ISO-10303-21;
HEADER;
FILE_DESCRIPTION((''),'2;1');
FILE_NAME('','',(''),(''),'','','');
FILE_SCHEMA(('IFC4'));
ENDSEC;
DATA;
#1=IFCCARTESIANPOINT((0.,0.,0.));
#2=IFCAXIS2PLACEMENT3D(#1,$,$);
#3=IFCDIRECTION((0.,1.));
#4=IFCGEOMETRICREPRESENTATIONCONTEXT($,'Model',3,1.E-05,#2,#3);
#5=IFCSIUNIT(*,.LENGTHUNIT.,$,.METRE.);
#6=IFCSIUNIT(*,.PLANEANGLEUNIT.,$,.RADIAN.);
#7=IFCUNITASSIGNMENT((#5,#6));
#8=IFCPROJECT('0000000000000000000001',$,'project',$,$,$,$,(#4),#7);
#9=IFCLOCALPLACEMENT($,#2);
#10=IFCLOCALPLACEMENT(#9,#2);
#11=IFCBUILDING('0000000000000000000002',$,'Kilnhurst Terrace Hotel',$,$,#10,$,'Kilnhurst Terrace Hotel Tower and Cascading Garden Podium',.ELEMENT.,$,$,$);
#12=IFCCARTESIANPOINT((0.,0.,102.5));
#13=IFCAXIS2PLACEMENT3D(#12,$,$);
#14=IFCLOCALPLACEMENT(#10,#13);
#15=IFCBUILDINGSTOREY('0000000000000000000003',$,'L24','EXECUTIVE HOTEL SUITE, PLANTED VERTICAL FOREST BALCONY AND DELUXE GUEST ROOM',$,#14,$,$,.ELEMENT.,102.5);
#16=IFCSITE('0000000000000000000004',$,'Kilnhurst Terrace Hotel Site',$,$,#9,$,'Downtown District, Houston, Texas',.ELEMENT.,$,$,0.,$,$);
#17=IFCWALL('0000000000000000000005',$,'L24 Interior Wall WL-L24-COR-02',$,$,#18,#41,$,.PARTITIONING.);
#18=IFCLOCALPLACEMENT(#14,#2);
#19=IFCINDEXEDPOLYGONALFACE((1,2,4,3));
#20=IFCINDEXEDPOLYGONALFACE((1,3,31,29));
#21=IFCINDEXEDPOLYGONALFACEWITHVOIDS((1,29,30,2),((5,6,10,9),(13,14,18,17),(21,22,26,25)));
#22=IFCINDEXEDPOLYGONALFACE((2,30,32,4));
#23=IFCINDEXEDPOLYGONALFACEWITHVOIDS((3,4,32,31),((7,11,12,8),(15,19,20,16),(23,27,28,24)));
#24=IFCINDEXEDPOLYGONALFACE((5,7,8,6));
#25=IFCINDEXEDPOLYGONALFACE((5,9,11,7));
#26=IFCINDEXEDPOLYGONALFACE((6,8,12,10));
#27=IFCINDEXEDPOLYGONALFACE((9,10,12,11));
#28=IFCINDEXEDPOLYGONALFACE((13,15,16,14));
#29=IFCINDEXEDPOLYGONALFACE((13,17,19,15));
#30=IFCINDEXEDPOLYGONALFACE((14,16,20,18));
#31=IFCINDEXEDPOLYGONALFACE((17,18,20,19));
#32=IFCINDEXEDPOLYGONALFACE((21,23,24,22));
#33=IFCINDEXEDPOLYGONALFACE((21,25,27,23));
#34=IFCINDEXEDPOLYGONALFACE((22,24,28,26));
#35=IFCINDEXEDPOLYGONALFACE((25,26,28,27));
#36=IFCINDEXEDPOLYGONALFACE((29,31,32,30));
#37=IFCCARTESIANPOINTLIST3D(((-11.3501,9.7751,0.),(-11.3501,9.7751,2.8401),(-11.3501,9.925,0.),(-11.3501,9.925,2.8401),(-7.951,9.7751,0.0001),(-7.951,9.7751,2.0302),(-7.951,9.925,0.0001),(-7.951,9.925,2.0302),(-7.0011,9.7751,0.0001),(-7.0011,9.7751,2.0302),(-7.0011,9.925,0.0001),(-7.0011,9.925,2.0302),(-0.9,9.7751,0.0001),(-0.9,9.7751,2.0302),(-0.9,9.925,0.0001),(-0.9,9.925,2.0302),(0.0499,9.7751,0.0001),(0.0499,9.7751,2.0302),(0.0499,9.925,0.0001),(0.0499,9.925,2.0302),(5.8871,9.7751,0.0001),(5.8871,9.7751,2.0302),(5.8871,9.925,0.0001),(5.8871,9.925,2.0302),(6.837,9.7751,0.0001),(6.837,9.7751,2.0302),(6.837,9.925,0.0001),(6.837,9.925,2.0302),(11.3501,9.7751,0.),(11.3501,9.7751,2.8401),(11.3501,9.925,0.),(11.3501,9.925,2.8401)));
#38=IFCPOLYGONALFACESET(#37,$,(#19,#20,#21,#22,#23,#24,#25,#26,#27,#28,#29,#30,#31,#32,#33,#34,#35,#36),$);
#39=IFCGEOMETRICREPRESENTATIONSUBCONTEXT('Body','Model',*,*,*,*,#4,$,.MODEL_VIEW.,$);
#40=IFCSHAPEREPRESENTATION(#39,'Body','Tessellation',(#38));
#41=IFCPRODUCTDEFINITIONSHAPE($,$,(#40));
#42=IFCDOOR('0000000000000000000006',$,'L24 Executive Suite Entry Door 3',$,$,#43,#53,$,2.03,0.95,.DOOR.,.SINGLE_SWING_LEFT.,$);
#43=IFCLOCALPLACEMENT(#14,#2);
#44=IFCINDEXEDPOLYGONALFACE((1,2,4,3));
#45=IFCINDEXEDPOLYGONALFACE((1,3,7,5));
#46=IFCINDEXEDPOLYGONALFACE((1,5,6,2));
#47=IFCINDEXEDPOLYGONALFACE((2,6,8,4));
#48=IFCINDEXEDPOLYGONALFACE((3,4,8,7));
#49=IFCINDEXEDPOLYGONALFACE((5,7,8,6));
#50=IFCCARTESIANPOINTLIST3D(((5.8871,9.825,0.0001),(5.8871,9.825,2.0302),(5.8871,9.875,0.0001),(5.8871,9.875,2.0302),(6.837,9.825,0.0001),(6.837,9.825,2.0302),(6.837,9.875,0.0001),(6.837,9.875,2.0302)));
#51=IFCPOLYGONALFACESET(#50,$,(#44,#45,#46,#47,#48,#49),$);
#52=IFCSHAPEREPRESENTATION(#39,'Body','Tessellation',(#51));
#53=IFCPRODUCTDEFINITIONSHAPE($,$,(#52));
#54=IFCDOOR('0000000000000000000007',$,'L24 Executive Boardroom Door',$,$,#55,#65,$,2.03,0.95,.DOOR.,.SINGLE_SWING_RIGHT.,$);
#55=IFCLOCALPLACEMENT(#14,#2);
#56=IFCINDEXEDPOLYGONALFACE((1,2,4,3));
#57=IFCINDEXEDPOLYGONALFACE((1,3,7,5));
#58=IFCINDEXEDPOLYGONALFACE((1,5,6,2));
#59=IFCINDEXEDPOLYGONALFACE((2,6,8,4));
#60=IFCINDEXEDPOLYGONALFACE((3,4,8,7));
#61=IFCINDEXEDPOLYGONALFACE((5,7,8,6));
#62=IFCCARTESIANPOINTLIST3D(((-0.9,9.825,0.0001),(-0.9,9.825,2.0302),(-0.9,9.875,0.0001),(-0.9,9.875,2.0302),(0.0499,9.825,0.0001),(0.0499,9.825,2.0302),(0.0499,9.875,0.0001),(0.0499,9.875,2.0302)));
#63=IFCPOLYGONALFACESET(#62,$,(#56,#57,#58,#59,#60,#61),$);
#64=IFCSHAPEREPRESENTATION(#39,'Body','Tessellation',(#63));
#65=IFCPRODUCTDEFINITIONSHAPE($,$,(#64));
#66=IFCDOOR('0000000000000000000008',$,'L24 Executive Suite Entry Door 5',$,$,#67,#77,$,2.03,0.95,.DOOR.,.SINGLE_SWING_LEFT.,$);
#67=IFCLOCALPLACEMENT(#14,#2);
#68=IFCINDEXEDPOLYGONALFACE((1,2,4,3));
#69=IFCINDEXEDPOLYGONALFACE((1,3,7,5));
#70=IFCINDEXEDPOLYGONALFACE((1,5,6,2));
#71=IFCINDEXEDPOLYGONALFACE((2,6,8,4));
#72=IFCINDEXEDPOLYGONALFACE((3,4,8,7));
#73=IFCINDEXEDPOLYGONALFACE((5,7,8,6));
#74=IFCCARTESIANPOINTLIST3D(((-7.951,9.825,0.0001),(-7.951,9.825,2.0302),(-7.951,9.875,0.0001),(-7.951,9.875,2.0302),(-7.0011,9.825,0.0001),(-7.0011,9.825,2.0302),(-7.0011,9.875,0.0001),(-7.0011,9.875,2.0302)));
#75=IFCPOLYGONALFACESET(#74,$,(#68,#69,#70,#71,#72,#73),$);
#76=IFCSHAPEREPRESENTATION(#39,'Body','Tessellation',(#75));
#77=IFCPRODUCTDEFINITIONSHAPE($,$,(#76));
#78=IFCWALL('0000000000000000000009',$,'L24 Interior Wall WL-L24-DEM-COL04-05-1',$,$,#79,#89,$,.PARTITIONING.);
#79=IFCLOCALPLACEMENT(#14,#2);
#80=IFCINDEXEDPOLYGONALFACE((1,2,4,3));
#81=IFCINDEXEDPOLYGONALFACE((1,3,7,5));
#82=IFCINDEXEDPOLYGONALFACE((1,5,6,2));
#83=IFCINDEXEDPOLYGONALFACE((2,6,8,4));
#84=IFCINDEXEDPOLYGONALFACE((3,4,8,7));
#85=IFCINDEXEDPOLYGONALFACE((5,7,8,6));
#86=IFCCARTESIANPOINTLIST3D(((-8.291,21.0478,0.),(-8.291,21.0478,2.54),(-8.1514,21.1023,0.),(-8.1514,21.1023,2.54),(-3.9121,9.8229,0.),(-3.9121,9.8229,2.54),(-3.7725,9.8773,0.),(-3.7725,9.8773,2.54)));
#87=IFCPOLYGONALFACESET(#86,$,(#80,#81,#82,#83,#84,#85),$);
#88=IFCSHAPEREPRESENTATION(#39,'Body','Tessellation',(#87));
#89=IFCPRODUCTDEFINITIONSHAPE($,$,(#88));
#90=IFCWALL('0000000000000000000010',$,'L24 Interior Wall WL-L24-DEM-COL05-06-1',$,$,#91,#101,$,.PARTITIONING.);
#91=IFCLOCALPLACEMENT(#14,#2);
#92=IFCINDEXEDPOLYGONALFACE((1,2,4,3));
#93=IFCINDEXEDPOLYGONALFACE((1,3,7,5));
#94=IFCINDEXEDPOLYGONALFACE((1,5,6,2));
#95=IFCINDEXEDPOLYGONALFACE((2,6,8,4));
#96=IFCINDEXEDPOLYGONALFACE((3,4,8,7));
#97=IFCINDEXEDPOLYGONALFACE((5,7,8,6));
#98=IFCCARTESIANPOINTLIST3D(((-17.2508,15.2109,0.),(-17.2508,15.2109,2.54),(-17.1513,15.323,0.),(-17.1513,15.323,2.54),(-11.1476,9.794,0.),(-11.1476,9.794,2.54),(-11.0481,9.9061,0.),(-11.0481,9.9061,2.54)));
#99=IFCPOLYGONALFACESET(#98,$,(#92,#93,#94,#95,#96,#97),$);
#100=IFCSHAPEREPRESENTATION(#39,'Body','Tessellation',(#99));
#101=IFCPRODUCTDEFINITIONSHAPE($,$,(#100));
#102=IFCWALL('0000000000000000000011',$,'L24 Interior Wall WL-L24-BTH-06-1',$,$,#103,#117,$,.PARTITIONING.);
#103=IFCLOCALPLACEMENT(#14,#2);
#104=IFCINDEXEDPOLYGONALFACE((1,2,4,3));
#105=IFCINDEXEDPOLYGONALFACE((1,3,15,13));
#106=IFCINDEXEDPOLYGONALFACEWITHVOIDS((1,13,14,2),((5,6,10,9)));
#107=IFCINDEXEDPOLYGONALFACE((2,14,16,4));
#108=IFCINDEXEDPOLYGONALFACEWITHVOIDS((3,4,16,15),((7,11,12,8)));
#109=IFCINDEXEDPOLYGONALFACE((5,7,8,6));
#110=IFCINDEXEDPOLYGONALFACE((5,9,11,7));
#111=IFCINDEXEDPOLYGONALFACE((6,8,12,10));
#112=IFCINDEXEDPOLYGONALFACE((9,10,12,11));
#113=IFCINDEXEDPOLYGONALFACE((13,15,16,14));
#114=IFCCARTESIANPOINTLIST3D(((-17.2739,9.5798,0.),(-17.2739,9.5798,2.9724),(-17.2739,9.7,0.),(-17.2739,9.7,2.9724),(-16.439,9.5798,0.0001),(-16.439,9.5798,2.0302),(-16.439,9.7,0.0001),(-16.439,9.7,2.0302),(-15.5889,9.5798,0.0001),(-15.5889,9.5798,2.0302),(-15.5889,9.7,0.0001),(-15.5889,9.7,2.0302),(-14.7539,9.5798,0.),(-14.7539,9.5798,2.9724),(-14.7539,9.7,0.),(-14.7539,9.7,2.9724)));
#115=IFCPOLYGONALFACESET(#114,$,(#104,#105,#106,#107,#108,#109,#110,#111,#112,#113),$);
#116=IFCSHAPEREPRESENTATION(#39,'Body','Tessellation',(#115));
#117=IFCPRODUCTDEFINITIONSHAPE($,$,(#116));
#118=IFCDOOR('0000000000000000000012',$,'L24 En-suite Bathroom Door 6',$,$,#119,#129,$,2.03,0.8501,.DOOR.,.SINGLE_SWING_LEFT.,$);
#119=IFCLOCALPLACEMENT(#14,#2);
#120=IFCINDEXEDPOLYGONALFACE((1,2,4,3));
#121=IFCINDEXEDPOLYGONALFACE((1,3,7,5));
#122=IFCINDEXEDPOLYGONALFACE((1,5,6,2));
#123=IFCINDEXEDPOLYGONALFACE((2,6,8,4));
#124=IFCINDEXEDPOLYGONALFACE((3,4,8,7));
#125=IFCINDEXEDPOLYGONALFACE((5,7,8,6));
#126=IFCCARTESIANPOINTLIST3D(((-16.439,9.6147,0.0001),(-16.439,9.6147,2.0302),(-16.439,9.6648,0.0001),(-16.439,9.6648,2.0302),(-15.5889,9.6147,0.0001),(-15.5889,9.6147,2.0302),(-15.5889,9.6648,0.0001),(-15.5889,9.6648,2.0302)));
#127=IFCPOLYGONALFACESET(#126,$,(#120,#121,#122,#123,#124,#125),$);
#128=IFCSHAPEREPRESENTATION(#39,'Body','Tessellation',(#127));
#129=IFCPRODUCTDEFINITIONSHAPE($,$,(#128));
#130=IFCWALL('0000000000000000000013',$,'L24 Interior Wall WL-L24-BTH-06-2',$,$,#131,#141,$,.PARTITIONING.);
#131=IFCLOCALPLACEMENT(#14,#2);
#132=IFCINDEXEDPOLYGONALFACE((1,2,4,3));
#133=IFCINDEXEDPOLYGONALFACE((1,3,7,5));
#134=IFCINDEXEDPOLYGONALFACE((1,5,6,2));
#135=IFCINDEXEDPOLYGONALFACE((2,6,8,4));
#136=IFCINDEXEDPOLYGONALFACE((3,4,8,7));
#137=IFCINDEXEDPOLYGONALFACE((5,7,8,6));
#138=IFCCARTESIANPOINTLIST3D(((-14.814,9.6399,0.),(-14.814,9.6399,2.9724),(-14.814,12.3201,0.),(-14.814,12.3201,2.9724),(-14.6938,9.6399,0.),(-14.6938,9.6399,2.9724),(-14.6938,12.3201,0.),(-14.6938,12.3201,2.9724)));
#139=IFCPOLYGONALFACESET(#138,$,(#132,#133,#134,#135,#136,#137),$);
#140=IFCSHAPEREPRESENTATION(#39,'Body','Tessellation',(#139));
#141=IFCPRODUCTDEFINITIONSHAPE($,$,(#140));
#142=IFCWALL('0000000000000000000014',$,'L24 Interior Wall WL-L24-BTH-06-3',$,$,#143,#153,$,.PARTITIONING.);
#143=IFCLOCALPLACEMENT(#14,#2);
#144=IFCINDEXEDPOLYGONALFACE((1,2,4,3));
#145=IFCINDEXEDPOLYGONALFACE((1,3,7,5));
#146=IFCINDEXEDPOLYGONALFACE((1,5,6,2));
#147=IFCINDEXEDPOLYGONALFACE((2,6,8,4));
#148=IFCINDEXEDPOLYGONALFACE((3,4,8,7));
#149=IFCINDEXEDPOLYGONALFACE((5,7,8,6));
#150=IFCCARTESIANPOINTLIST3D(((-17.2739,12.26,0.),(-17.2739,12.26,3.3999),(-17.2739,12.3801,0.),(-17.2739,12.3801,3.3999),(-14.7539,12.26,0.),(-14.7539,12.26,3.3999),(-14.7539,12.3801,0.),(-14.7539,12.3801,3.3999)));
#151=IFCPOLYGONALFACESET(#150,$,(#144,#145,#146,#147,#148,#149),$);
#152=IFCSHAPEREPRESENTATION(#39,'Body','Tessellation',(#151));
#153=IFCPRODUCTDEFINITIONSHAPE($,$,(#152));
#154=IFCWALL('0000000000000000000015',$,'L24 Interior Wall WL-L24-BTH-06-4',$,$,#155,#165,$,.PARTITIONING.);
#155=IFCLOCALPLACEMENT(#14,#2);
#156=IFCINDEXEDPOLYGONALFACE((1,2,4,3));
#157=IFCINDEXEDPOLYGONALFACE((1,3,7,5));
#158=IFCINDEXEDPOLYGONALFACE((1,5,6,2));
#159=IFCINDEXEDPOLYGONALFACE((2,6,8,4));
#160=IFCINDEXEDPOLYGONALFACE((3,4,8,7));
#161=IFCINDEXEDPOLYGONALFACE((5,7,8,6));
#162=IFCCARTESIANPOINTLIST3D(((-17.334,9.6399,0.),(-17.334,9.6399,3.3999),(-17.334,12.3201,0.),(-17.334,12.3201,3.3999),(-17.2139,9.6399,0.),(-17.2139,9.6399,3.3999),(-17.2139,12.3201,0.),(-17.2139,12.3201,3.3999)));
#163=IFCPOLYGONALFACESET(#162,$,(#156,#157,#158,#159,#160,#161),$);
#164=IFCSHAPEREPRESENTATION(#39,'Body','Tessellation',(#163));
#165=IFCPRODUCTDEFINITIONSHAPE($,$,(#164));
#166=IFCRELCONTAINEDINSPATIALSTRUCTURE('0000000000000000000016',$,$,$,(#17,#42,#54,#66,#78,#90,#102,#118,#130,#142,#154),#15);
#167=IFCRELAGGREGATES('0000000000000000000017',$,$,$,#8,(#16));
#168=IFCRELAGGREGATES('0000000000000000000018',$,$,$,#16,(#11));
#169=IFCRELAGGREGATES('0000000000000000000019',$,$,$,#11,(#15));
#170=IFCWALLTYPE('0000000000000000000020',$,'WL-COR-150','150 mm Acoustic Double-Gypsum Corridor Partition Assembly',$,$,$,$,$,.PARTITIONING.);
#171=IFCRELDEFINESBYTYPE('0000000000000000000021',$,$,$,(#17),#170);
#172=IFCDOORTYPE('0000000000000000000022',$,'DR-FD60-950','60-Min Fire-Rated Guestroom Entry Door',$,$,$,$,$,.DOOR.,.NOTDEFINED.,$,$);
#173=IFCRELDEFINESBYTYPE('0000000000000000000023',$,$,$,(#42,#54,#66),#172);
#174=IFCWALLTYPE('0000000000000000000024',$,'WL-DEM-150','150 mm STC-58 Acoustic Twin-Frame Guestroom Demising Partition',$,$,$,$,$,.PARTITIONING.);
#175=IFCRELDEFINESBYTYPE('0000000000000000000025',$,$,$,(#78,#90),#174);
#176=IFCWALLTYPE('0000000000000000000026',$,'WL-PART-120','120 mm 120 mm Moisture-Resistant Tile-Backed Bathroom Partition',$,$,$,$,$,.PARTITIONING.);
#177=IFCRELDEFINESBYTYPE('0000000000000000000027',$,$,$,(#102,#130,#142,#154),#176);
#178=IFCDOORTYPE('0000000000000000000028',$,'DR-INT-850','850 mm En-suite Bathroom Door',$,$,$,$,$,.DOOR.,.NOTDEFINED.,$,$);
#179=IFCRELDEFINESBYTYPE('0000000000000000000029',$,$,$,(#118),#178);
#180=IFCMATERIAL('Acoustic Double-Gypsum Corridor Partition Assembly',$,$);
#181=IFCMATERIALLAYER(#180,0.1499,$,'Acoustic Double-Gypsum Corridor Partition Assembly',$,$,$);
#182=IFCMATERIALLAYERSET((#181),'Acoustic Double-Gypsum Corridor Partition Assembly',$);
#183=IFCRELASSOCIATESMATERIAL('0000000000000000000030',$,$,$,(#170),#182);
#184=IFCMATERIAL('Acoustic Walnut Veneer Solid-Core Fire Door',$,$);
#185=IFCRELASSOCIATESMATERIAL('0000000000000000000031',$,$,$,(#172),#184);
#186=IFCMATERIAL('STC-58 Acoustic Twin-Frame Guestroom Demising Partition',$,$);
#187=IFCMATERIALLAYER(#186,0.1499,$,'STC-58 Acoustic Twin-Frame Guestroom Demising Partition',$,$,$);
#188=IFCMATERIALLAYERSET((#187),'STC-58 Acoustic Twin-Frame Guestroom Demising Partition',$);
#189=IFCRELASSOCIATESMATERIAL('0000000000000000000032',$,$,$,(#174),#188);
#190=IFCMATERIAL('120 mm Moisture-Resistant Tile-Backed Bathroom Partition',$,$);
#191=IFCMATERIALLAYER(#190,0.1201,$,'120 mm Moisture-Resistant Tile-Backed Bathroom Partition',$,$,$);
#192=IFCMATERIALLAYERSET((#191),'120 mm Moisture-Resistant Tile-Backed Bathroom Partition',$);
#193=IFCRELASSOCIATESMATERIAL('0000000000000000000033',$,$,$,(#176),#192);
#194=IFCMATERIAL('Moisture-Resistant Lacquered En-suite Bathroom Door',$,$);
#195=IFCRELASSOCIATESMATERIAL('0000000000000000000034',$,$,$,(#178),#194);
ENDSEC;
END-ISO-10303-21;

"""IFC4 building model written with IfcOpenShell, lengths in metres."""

from ifc_helpers import new_model, si_unit, direction, frame, frame_2d, origin, place, context, subcontext, project, spatial, rectangle, extrude, material, layer, layer_set, type_object, element, fill, save


model = new_model("IFC4")

# Units and contexts
model_context = context("Model", 3, precision=1e-05, world=origin(), true_north=direction((0.0, 1.0)))
body_context = subcontext(model_context, "Body", "Model", "MODEL_VIEW")
ifc_project = project(units=[si_unit("LENGTHUNIT", "METRE"), si_unit("PLANEANGLEUNIT", "RADIAN")], contexts=[model_context])

# Site, building, storey
site_placement = place(None, origin())
site = spatial("IfcSite", under=ifc_project, at=site_placement, Name="Kilnhurst Terrace Hotel Site", LongName="Downtown District, Houston, Texas", CompositionType="ELEMENT", RefElevation=0.0)
building_placement = place(site_placement, origin())
building = spatial("IfcBuilding", under=site, at=building_placement, Name="Kilnhurst Terrace Hotel", LongName="Kilnhurst Terrace Hotel Tower and Cascading Garden Podium", CompositionType="ELEMENT")
storey_placement = place(building_placement, frame((0.0, 0.0, 102.5)))
storey = spatial("IfcBuildingStorey", under=building, at=storey_placement, Name="L24", Description="EXECUTIVE HOTEL SUITE, PLANTED VERTICAL FOREST BALCONY AND DELUXE GUEST ROOM", CompositionType="ELEMENT", Elevation=102.5)

# Wall, openings, doors
ifc_material_1 = material(Name="Acoustic Double-Gypsum Corridor Partition Assembly")
ifc_layer_1 = layer(ifc_material_1, 0.1499, Name="Acoustic Double-Gypsum Corridor Partition Assembly")
ifc_layer_set_1 = layer_set([ifc_layer_1], Name="Acoustic Double-Gypsum Corridor Partition Assembly")
wall_type_1 = type_object("IfcWallType", Name="WL-COR-150", Description="150 mm Acoustic Double-Gypsum Corridor Partition Assembly", PredefinedType="PARTITIONING", material=ifc_layer_set_1)
wall_1_placement = place(storey_placement, frame((-11.3501, 9.8501, 0.0), z_axis=(0.0, 0.0, 1.0), x_axis=(1.0, 0.0, 0.0)))
wall_1 = element("IfcWall", 1, at=wall_1_placement, inside=storey, type_object=wall_type_1, Name="L24 Interior Wall WL-L24-COR-02", PredefinedType="PARTITIONING", context=body_context, shape_type="SweptSolid", body=[
    extrude(rectangle(XDim=22.7002, YDim=0.1499, at=frame_2d((11.3501, 0.0))), origin(), (0.0, 0.0, 1.0), 2.8401),
])
opening_1_placement = place(wall_1_placement, frame((17.2371, 0.0, 0.0)))
opening_1 = element("IfcOpeningElement", 2, at=opening_1_placement, cuts=wall_1, PredefinedType="OPENING", context=body_context, shape_type="SweptSolid", body=[
    extrude(rectangle(XDim=0.95, YDim=2.03, at=frame_2d((0.4751, 1.0151))), frame((0.0, 0.085, 0.0), z_axis=(0.0, -1.0, 0.0), x_axis=(1.0, 0.0, 0.0)), (0.0, 0.0, 1.0), 0.1699),
])
opening_2_placement = place(wall_1_placement, frame((10.45, 0.0, 0.0)))
opening_2 = element("IfcOpeningElement", 3, at=opening_2_placement, cuts=wall_1, PredefinedType="OPENING", context=body_context, shape_type="SweptSolid", body=[
    extrude(rectangle(XDim=0.95, YDim=2.03, at=frame_2d((0.4751, 1.0151))), frame((0.0, 0.085, 0.0), z_axis=(0.0, -1.0, 0.0), x_axis=(1.0, 0.0, 0.0)), (0.0, 0.0, 1.0), 0.1699),
])
opening_3_placement = place(wall_1_placement, frame((3.3989, 0.0, 0.0)))
opening_3 = element("IfcOpeningElement", 4, at=opening_3_placement, cuts=wall_1, PredefinedType="OPENING", context=body_context, shape_type="SweptSolid", body=[
    extrude(rectangle(XDim=0.95, YDim=2.03, at=frame_2d((0.4751, 1.0151))), frame((0.0, 0.085, 0.0), z_axis=(0.0, -1.0, 0.0), x_axis=(1.0, 0.0, 0.0)), (0.0, 0.0, 1.0), 0.1699),
])
ifc_material_2 = material(Name="Acoustic Walnut Veneer Solid-Core Fire Door")
door_type_1 = type_object("IfcDoorType", Name="DR-FD60-950", Description="60-Min Fire-Rated Guestroom Entry Door", OperationType="NOTDEFINED", PredefinedType="DOOR", material=ifc_material_2)
door_1_placement = place(opening_1_placement, origin())
door_1 = element("IfcDoor", 5, at=door_1_placement, inside=storey, type_object=door_type_1, Name="L24 Executive Suite Entry Door 3", OperationType="SINGLE_SWING_LEFT", OverallHeight=2.03, OverallWidth=0.95, PredefinedType="DOOR", context=body_context, shape_type="SweptSolid", body=[
    extrude(rectangle(XDim=0.95, YDim=2.03, at=frame_2d((0.4751, 1.0151))), frame((0.0, 0.0249, 0.0), z_axis=(0.0, -1.0, 0.0), x_axis=(1.0, 0.0, 0.0)), (0.0, 0.0, 1.0), 0.05),
])
fill(opening_1, door_1)
door_2_placement = place(opening_2_placement, origin())
door_2 = element("IfcDoor", 6, at=door_2_placement, inside=storey, type_object=door_type_1, Name="L24 Executive Boardroom Door", OperationType="SINGLE_SWING_RIGHT", OverallHeight=2.03, OverallWidth=0.95, PredefinedType="DOOR", context=body_context, shape_type="SweptSolid", body=[
    extrude(rectangle(XDim=0.95, YDim=2.03, at=frame_2d((0.4751, 1.0151))), frame((0.0, 0.0249, 0.0), z_axis=(0.0, -1.0, 0.0), x_axis=(1.0, 0.0, 0.0)), (0.0, 0.0, 1.0), 0.05),
])
fill(opening_2, door_2)
door_3_placement = place(opening_3_placement, origin())
door_3 = element("IfcDoor", 7, at=door_3_placement, inside=storey, type_object=door_type_1, Name="L24 Executive Suite Entry Door 5", OperationType="SINGLE_SWING_LEFT", OverallHeight=2.03, OverallWidth=0.95, PredefinedType="DOOR", context=body_context, shape_type="SweptSolid", body=[
    extrude(rectangle(XDim=0.95, YDim=2.03, at=frame_2d((0.4751, 1.0151))), frame((0.0, 0.0249, 0.0), z_axis=(0.0, -1.0, 0.0), x_axis=(1.0, 0.0, 0.0)), (0.0, 0.0, 1.0), 0.05),
])
fill(opening_3, door_3)

# Walls
ifc_material_3 = material(Name="STC-58 Acoustic Twin-Frame Guestroom Demising Partition")
ifc_layer_2 = layer(ifc_material_3, 0.1499, Name="STC-58 Acoustic Twin-Frame Guestroom Demising Partition")
ifc_layer_set_2 = layer_set([ifc_layer_2], Name="STC-58 Acoustic Twin-Frame Guestroom Demising Partition")
wall_type_2 = type_object("IfcWallType", Name="WL-DEM-150", Description="150 mm STC-58 Acoustic Twin-Frame Guestroom Demising Partition", PredefinedType="PARTITIONING", material=ifc_layer_set_2)
wall_2_placement = place(storey_placement, frame((-3.8423, 9.8501, 0.0), z_axis=(0.0, 0.0, 1.0), x_axis=(-0.363433, 0.93162, 0.0)))
element("IfcWall", 8, at=wall_2_placement, inside=storey, type_object=wall_type_2, Name="L24 Interior Wall WL-L24-DEM-COL04-05-1", PredefinedType="PARTITIONING", context=body_context, shape_type="SweptSolid", body=[
    extrude(rectangle(XDim=12.0488, YDim=0.1499, at=frame_2d((6.0244, 0.0))), origin(), (0.0, 0.0, 1.0), 2.54),
])
wall_3_placement = place(storey_placement, frame((-11.0979, 9.8501, 0.0), z_axis=(0.0, 0.0, 1.0), x_axis=(-0.747904, 0.663807, 0.0)))
element("IfcWall", 9, at=wall_3_placement, inside=storey, type_object=wall_type_2, Name="L24 Interior Wall WL-L24-DEM-COL05-06-1", PredefinedType="PARTITIONING", context=body_context, shape_type="SweptSolid", body=[
    extrude(rectangle(XDim=8.1604, YDim=0.1499, at=frame_2d((4.0801, 0.0))), origin(), (0.0, 0.0, 1.0), 2.54),
])

# Wall, opening, door
ifc_material_4 = material(Name="120 mm Moisture-Resistant Tile-Backed Bathroom Partition")
ifc_layer_3 = layer(ifc_material_4, 0.1201, Name="120 mm Moisture-Resistant Tile-Backed Bathroom Partition")
ifc_layer_set_3 = layer_set([ifc_layer_3], Name="120 mm Moisture-Resistant Tile-Backed Bathroom Partition")
wall_type_3 = type_object("IfcWallType", Name="WL-PART-120", Description="120 mm 120 mm Moisture-Resistant Tile-Backed Bathroom Partition", PredefinedType="PARTITIONING", material=ifc_layer_set_3)
wall_4_placement = place(storey_placement, frame((-17.2739, 9.6399, 0.0), z_axis=(0.0, 0.0, 1.0), x_axis=(1.0, 0.0, 0.0)))
wall_4 = element("IfcWall", 10, at=wall_4_placement, inside=storey, type_object=wall_type_3, Name="L24 Interior Wall WL-L24-BTH-06-1", PredefinedType="PARTITIONING", context=body_context, shape_type="SweptSolid", body=[
    extrude(rectangle(XDim=2.52, YDim=0.1201, at=frame_2d((1.26, 0.0))), origin(), (0.0, 0.0, 1.0), 2.9724),
])
opening_4_placement = place(wall_4_placement, frame((0.835, 0.0, 0.0)))
opening_4 = element("IfcOpeningElement", 11, at=opening_4_placement, cuts=wall_4, PredefinedType="OPENING", context=body_context, shape_type="SweptSolid", body=[
    extrude(rectangle(XDim=0.8501, YDim=2.03, at=frame_2d((0.425, 1.0151))), frame((0.0, 0.0701, 0.0), z_axis=(0.0, -1.0, 0.0), x_axis=(1.0, 0.0, 0.0)), (0.0, 0.0, 1.0), 0.1401),
])
ifc_material_5 = material(Name="Moisture-Resistant Lacquered En-suite Bathroom Door")
door_type_2 = type_object("IfcDoorType", Name="DR-INT-850", Description="850 mm En-suite Bathroom Door", OperationType="NOTDEFINED", PredefinedType="DOOR", material=ifc_material_5)
door_4_placement = place(opening_4_placement, origin())
door_4 = element("IfcDoor", 12, at=door_4_placement, inside=storey, type_object=door_type_2, Name="L24 En-suite Bathroom Door 6", OperationType="SINGLE_SWING_LEFT", OverallHeight=2.03, OverallWidth=0.8501, PredefinedType="DOOR", context=body_context, shape_type="SweptSolid", body=[
    extrude(rectangle(XDim=0.8501, YDim=2.03, at=frame_2d((0.425, 1.0151))), frame((0.0, 0.0249, 0.0), z_axis=(0.0, -1.0, 0.0), x_axis=(1.0, 0.0, 0.0)), (0.0, 0.0, 1.0), 0.05),
])
fill(opening_4, door_4)

# Walls
wall_5_placement = place(storey_placement, frame((-14.7539, 9.6399, 0.0), z_axis=(0.0, 0.0, 1.0), x_axis=(0.0, 1.0, 0.0)))
element("IfcWall", 13, at=wall_5_placement, inside=storey, type_object=wall_type_3, Name="L24 Interior Wall WL-L24-BTH-06-2", PredefinedType="PARTITIONING", context=body_context, shape_type="SweptSolid", body=[
    extrude(rectangle(XDim=2.6802, YDim=0.1201, at=frame_2d((1.3401, 0.0))), origin(), (0.0, 0.0, 1.0), 2.9724),
])
wall_6_placement = place(storey_placement, frame((-14.7539, 12.3201, 0.0), z_axis=(0.0, 0.0, 1.0), x_axis=(-1.0, 0.0, 0.0)))
element("IfcWall", 14, at=wall_6_placement, inside=storey, type_object=wall_type_3, Name="L24 Interior Wall WL-L24-BTH-06-3", PredefinedType="PARTITIONING", context=body_context, shape_type="SweptSolid", body=[
    extrude(rectangle(XDim=2.52, YDim=0.1201, at=frame_2d((1.26, 0.0))), origin(), (0.0, 0.0, 1.0), 3.3999),
])
wall_7_placement = place(storey_placement, frame((-17.2739, 12.3201, 0.0), z_axis=(0.0, 0.0, 1.0), x_axis=(0.0, -1.0, 0.0)))
element("IfcWall", 15, at=wall_7_placement, inside=storey, type_object=wall_type_3, Name="L24 Interior Wall WL-L24-BTH-06-4", PredefinedType="PARTITIONING", context=body_context, shape_type="SweptSolid", body=[
    extrude(rectangle(XDim=2.6802, YDim=0.1201, at=frame_2d((1.3401, 0.0))), origin(), (0.0, 0.0, 1.0), 3.3999),
])

save(model, "model.ifc")
